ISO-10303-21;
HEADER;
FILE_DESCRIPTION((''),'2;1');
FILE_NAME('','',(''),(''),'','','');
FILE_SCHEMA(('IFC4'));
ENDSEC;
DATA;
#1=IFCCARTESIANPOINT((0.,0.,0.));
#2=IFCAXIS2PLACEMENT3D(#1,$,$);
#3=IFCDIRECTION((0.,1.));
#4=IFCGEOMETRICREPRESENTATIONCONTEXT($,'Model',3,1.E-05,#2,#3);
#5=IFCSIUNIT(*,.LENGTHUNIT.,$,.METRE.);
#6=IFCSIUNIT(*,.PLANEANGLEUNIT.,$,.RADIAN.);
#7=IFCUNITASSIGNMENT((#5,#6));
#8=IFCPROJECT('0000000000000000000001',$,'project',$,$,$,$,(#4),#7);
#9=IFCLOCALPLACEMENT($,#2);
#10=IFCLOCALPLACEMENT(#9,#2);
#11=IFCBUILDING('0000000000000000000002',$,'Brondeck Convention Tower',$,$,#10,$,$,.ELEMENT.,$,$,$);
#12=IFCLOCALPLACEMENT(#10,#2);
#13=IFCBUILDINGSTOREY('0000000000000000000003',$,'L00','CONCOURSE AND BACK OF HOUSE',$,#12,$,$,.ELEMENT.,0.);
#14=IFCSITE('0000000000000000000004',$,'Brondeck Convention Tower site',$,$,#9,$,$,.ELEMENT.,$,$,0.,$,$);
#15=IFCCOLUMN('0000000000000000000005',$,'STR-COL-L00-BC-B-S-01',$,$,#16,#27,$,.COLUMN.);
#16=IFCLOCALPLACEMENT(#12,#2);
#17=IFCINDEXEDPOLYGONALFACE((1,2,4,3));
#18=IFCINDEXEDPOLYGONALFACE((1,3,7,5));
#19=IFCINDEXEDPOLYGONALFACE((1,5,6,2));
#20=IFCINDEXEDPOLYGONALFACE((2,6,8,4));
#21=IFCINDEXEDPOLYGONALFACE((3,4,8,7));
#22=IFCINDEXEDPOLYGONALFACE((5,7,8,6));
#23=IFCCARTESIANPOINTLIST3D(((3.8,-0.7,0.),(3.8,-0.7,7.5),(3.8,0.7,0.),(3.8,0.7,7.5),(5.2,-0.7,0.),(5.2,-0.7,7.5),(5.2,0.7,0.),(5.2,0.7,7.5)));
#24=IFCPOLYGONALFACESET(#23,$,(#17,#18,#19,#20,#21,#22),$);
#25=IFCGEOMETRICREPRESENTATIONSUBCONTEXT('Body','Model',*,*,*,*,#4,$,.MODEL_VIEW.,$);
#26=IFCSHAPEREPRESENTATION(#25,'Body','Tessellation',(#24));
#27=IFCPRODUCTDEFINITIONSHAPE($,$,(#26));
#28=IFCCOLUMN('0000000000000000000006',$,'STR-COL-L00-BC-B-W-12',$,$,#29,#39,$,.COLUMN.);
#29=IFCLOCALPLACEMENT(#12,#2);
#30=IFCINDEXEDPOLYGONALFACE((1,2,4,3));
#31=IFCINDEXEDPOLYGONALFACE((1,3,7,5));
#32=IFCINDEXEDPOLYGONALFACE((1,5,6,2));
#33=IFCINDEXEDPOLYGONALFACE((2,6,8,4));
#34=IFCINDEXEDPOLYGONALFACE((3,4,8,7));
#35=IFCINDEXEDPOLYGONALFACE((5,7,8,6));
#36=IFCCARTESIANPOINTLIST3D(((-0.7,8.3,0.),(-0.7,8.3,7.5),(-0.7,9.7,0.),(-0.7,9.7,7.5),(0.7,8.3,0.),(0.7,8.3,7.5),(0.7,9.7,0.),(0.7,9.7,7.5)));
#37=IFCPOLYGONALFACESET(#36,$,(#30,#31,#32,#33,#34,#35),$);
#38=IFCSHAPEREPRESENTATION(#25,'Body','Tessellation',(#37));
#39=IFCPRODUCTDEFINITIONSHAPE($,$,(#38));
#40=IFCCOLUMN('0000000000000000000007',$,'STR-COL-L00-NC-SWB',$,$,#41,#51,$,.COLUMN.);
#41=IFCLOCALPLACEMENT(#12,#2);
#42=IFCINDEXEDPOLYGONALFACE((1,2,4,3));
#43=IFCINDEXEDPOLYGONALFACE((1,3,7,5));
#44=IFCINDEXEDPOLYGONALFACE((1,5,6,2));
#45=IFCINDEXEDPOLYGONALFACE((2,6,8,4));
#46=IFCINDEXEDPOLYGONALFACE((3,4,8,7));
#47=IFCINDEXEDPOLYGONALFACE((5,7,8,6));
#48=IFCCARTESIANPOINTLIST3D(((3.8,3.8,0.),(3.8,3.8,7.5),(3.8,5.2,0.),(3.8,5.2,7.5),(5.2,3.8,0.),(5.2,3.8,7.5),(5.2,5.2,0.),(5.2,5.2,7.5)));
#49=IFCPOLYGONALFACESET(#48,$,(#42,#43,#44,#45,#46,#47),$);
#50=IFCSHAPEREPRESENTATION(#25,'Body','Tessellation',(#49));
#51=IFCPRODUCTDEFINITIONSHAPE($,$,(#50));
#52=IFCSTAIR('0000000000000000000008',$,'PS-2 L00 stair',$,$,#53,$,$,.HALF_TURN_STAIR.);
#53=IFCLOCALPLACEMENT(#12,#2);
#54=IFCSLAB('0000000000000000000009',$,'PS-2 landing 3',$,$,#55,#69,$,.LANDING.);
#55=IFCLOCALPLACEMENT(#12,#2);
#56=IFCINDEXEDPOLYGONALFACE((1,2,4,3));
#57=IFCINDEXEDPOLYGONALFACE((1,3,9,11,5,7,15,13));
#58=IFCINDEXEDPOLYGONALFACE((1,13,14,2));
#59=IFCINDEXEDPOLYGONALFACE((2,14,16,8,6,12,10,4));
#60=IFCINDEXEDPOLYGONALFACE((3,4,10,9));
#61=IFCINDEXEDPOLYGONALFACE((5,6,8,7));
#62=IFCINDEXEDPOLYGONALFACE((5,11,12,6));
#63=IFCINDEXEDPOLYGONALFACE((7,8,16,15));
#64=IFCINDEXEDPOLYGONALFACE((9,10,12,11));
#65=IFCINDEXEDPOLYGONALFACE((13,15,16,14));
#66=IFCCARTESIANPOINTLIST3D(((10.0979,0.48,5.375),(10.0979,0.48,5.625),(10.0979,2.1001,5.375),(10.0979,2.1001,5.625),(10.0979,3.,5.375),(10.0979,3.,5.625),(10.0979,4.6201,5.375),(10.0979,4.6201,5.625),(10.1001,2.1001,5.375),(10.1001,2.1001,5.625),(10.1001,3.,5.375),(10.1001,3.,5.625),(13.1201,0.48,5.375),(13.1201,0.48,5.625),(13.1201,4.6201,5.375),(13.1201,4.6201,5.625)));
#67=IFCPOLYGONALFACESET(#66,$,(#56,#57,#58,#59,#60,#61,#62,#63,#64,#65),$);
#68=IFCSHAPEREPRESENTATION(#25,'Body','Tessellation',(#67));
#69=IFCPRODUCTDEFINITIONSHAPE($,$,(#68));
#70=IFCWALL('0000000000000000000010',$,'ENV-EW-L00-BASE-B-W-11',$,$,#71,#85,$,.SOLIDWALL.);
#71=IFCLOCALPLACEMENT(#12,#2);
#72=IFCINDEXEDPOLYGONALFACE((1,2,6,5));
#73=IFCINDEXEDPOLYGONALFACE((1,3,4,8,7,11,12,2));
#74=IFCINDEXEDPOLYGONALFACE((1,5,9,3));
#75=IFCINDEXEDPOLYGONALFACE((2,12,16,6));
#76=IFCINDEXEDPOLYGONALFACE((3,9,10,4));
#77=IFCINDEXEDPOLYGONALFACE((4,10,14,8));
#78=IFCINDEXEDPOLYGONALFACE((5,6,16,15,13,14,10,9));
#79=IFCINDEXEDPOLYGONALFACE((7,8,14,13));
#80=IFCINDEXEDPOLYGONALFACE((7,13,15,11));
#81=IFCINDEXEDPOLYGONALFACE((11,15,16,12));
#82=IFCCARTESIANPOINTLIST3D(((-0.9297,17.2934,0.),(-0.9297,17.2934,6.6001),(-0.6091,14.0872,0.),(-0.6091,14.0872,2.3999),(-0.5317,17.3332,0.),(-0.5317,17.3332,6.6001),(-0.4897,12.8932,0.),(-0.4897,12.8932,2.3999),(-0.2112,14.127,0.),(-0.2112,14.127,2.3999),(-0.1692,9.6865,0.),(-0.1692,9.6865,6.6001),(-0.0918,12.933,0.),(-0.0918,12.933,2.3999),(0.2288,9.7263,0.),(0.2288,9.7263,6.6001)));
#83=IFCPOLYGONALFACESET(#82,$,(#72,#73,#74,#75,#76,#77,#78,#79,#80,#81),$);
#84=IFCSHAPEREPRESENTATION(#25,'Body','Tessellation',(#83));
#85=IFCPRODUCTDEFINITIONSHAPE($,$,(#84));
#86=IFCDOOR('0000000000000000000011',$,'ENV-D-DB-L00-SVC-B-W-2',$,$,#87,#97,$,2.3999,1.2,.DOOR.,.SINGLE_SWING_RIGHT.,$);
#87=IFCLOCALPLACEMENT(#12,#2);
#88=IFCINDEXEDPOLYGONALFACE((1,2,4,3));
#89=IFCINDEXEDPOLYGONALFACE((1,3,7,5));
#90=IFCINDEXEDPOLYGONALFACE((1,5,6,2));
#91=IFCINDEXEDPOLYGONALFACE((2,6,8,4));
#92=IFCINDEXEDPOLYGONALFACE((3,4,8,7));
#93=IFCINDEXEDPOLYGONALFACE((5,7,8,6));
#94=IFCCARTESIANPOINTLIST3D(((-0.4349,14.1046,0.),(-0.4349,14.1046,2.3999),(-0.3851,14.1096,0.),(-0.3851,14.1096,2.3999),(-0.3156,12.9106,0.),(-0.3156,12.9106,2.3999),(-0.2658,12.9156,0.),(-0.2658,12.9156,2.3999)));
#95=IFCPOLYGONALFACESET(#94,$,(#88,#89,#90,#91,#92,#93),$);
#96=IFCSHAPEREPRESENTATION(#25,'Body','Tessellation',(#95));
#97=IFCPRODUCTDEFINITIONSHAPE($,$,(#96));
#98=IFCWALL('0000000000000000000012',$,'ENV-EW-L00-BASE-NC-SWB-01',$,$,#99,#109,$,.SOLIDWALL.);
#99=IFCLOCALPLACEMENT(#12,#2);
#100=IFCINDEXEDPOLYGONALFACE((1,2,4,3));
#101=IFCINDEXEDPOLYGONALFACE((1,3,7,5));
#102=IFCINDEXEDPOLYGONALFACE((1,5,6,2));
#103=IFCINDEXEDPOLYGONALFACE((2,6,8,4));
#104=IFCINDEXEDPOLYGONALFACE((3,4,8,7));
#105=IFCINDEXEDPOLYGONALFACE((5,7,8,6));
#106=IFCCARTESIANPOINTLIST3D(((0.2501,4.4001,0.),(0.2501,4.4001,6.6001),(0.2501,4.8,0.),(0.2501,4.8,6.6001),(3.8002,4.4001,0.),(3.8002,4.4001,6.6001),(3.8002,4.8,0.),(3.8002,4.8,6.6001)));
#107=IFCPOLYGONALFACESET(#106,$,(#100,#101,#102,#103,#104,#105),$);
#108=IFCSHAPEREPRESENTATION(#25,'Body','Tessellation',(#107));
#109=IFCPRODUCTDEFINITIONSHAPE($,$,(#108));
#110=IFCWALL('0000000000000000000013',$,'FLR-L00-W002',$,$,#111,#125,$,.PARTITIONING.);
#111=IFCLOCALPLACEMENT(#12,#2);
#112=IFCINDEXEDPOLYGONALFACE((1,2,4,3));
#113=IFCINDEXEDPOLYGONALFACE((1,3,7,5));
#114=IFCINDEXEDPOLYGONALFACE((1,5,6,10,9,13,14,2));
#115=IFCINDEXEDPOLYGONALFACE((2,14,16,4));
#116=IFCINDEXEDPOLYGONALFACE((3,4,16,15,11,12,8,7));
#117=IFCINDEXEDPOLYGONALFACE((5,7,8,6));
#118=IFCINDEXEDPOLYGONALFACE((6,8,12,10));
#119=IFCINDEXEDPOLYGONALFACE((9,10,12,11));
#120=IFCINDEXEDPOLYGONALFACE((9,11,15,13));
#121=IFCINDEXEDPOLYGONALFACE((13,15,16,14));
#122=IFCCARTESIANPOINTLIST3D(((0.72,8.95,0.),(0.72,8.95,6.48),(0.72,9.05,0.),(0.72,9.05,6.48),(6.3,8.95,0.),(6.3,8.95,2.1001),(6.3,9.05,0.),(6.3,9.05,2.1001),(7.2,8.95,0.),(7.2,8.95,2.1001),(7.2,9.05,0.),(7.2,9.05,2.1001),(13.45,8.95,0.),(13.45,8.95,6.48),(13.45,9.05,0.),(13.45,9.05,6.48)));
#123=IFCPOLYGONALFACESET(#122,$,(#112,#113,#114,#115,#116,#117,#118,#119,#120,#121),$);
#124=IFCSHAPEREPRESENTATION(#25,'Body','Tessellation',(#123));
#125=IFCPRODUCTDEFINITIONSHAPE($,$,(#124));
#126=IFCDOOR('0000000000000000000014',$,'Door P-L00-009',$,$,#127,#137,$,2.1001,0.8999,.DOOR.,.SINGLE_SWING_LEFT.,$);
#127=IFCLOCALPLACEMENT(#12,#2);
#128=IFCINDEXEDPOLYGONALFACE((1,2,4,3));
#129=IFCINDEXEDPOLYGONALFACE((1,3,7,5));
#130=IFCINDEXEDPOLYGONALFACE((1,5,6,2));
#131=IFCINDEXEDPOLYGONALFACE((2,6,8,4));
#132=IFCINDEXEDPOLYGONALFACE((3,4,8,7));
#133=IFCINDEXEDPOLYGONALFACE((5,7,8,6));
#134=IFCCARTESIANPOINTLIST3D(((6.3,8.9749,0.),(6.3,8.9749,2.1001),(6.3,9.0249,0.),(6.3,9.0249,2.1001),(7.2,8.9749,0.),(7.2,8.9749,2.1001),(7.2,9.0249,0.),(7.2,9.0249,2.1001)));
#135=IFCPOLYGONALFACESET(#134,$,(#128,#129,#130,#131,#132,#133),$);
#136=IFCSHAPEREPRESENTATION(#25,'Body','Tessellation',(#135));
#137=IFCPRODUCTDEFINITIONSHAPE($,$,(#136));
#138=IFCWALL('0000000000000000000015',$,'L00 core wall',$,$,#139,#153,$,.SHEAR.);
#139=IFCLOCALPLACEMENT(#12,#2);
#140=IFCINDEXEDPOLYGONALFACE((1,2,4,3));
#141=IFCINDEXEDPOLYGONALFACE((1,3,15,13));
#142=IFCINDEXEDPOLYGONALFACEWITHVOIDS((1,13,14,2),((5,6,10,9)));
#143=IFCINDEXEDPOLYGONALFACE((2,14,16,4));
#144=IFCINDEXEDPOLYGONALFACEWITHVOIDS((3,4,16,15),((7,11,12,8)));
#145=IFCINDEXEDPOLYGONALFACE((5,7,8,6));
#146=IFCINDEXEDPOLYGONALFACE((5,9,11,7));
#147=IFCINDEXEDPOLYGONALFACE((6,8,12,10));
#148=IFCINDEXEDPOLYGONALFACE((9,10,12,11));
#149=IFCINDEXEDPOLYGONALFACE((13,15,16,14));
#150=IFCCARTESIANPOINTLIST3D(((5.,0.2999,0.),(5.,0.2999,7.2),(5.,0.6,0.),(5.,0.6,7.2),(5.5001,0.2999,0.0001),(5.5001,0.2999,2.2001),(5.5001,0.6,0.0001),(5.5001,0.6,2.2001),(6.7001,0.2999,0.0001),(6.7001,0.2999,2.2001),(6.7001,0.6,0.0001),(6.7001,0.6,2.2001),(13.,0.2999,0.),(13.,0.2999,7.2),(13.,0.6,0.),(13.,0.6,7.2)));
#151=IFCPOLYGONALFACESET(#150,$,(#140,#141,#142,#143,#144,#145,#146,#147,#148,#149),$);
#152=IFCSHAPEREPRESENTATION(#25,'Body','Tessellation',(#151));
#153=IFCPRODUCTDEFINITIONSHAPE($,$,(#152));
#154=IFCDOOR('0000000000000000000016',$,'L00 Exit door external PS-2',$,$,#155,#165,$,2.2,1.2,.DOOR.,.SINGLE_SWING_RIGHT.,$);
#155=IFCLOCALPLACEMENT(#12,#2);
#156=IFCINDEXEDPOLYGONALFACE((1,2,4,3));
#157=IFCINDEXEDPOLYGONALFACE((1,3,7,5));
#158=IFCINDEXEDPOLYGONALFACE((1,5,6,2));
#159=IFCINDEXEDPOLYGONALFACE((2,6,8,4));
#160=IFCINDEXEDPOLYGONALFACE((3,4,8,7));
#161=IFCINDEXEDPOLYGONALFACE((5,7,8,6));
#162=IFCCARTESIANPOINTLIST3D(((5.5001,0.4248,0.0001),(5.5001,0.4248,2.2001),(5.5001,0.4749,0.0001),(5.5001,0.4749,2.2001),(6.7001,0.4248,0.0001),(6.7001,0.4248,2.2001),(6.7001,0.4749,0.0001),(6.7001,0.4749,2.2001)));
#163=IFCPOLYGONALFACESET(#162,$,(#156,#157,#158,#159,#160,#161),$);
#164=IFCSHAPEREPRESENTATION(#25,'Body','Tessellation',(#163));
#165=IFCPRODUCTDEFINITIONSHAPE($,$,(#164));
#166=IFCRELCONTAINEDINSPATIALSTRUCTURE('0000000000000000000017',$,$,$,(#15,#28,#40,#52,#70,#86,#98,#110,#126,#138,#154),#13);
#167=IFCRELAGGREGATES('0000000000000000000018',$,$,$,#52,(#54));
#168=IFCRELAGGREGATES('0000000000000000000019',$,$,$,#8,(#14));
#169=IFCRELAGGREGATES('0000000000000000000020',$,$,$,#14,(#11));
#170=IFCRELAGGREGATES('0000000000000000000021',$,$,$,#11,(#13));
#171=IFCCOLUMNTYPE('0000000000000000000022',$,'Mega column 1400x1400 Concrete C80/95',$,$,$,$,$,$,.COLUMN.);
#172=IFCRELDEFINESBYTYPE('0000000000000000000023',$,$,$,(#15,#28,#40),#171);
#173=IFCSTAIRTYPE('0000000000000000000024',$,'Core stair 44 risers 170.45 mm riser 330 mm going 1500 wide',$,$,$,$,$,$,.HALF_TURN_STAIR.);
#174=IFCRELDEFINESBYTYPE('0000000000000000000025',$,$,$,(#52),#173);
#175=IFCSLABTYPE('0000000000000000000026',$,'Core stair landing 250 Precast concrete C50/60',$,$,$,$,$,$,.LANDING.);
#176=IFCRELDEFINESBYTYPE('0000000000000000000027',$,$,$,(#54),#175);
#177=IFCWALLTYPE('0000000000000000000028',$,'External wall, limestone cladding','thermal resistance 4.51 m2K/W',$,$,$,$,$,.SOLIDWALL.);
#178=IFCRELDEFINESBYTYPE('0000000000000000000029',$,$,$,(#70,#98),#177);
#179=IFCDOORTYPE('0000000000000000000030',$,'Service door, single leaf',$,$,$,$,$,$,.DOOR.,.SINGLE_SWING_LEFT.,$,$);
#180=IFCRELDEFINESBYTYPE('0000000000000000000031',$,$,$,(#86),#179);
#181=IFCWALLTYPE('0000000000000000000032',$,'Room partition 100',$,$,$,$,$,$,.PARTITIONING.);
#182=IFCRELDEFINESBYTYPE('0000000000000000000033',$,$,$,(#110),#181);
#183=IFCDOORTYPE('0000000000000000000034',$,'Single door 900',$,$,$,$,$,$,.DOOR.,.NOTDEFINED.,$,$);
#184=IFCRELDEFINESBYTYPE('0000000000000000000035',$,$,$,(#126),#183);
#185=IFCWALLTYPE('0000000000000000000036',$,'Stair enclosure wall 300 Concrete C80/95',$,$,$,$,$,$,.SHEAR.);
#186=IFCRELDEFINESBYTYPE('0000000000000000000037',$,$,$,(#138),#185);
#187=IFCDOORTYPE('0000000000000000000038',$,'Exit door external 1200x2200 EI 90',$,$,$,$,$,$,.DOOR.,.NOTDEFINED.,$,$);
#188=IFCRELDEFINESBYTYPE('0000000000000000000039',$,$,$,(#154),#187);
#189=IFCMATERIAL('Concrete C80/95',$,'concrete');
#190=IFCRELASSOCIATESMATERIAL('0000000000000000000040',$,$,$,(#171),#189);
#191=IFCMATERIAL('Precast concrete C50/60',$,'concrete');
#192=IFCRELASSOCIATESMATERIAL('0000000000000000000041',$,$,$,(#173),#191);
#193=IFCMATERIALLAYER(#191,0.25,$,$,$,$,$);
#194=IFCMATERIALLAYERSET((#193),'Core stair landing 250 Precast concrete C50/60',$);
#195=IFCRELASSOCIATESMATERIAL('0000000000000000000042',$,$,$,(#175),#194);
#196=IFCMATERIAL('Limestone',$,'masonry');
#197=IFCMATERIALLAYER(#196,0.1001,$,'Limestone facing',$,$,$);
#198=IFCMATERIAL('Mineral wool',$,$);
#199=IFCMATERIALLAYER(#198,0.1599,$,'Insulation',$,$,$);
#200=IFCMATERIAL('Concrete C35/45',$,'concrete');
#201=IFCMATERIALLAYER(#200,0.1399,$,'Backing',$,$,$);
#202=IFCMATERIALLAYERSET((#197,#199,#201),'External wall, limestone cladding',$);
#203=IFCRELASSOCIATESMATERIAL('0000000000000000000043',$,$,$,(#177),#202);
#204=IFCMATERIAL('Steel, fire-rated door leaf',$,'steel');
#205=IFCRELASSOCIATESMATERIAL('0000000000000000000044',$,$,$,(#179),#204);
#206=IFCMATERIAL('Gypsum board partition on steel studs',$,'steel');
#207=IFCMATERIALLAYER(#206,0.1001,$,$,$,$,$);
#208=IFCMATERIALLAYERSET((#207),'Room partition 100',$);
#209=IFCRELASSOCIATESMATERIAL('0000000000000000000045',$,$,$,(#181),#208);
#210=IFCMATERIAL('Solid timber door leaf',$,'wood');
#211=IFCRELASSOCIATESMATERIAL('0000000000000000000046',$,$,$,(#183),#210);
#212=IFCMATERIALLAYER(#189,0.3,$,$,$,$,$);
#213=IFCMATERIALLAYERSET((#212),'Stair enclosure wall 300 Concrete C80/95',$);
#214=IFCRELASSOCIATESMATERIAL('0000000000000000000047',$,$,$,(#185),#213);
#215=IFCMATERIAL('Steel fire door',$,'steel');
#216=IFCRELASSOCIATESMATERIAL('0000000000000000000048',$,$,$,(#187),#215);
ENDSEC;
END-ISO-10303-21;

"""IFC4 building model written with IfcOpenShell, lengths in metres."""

from ifc_helpers import new_model, si_unit, direction, frame, frame_2d, origin, origin_2d, place, context, subcontext, project, spatial, polyline, rectangle, outline, extrude, material, layer, layer_set, material_profile, profile_set, type_object, element, fill, aggregate, save


model = new_model("IFC4")

# Units and contexts
model_context = context("Model", 3, precision=1e-05, world=origin(), true_north=direction((0.0, 1.0)))
body_context = subcontext(model_context, "Body", "Model", "MODEL_VIEW")
ifc_project = project(units=[si_unit("LENGTHUNIT", "METRE"), si_unit("PLANEANGLEUNIT", "RADIAN")], contexts=[model_context])

# Site, building, storey
site_placement = place(None, origin())
site = spatial("IfcSite", under=ifc_project, at=site_placement, Name="Brondeck Convention Tower site", CompositionType="ELEMENT", RefElevation=0.0)
building_placement = place(site_placement, origin())
building = spatial("IfcBuilding", under=site, at=building_placement, Name="Brondeck Convention Tower", CompositionType="ELEMENT")
storey_placement = place(building_placement, origin())
storey = spatial("IfcBuildingStorey", under=building, at=storey_placement, Name="L00", Description="CONCOURSE AND BACK OF HOUSE", CompositionType="ELEMENT", Elevation=0.0)

# Columns
ifc_material_1 = material(Name="Concrete C80/95", Category="concrete")
ifc_material_profile = material_profile(ifc_material_1, rectangle(XDim=1.3999, YDim=1.3999, at=origin_2d()), Name="Mega column 1400x1400 Concrete C80/95")
ifc_profile_set = profile_set([ifc_material_profile], Name="Concrete C80/95")
column_type = type_object("IfcColumnType", Name="Mega column 1400x1400 Concrete C80/95", PredefinedType="COLUMN", material=ifc_profile_set)
for number, where, z_axis, x_axis, name in (
    (1, (4.5, 0.0, 0.0), (0.0, 0.0, 1.0), (1.0, 0.0, 0.0), "STR-COL-L00-BC-B-S-01"),
    (2, (0.0, 9.0, 0.0), (0.0, 0.0, 1.0), (1.0, 0.0, 0.0), "STR-COL-L00-BC-B-W-12"),
    (3, (4.5, 4.5, 0.0), (0.0, 0.0, 1.0), (1.0, 0.0, 0.0), "STR-COL-L00-NC-SWB"),
):
    element("IfcColumn", number, at=place(storey_placement, frame(where, z_axis=z_axis, x_axis=x_axis)), inside=storey, type_object=column_type, Name=name, PredefinedType="COLUMN", context=body_context, shape_type="SweptSolid", body=[
        extrude(rectangle(XDim=1.3999, YDim=1.3999, at=origin_2d()), origin(), (0.0, 0.0, 1.0), 7.5),
    ])

# Stair, slab
ifc_material_2 = material(Name="Precast concrete C50/60", Category="concrete")
stair_type = type_object("IfcStairType", Name="Core stair 44 risers 170.45 mm riser 330 mm going 1500 wide", PredefinedType="HALF_TURN_STAIR", material=ifc_material_2)
stair_placement = place(storey_placement, origin())
stair = element("IfcStair", 4, at=stair_placement, inside=storey, type_object=stair_type, Name="PS-2 L00 stair", PredefinedType="HALF_TURN_STAIR")
ifc_layer_1 = layer(ifc_material_2, 0.25)
ifc_layer_set_1 = layer_set([ifc_layer_1], Name="Core stair landing 250 Precast concrete C50/60")
slab_type = type_object("IfcSlabType", Name="Core stair landing 250 Precast concrete C50/60", PredefinedType="LANDING", material=ifc_layer_set_1)
slab_placement = place(storey_placement, frame((0.0, 0.0, 5.375)))
slab = element("IfcSlab", 5, at=slab_placement, type_object=slab_type, Name="PS-2 landing 3", PredefinedType="LANDING", context=body_context, shape_type="SweptSolid", body=[
    extrude(outline(polyline([(10.0979, 0.48), (10.0979, 2.1001), (10.1001, 2.1001), (10.1001, 3.0), (10.0979, 3.0), (10.0979, 4.6201), (13.1201, 4.6201), (13.1201, 0.48), (10.0979, 0.48)])), origin(), (0.0, 0.0, 1.0), 0.25),
])

# Wall, opening, door
ifc_material_3 = material(Name="Limestone", Category="masonry")
ifc_layer_2 = layer(ifc_material_3, 0.1001, Name="Limestone facing")
ifc_material_4 = material(Name="Mineral wool")
ifc_layer_3 = layer(ifc_material_4, 0.1599, Name="Insulation")
ifc_material_5 = material(Name="Concrete C35/45", Category="concrete")
ifc_layer_4 = layer(ifc_material_5, 0.1399, Name="Backing")
ifc_layer_set_2 = layer_set([ifc_layer_2, ifc_layer_3, ifc_layer_4], Name="External wall, limestone cladding")
wall_type_1 = type_object("IfcWallType", Name="External wall, limestone cladding", Description="thermal resistance 4.51 m2K/W", PredefinedType="SOLIDWALL", material=ifc_layer_set_2)
wall_1_placement = place(storey_placement, frame((0.0298, 9.7065, 0.0), z_axis=(0.0, 0.0, 1.0), x_axis=(-0.099478, 0.99504, 0.0)))
wall_1 = element("IfcWall", 6, at=wall_1_placement, inside=storey, type_object=wall_type_1, Name="ENV-EW-L00-BASE-B-W-11", PredefinedType="SOLIDWALL", context=body_context, shape_type="SweptSolid", body=[
    extrude(rectangle(XDim=7.6448, YDim=0.3999, at=frame_2d((3.8223, 0.0))), origin(), (0.0, 0.0, 1.0), 6.6001),
])
opening_1_placement = place(wall_1_placement, frame((3.2224, 0.0, 0.0)))
opening_1 = element("IfcOpeningElement", 7, at=opening_1_placement, cuts=wall_1, PredefinedType="OPENING", context=body_context, shape_type="SweptSolid", body=[
    extrude(rectangle(XDim=1.2, YDim=2.3999, at=frame_2d((0.6001, 1.2))), frame((0.0, 0.21, 0.0), z_axis=(0.0, -1.0, 0.0), x_axis=(1.0, 0.0, 0.0)), (0.0, 0.0, 1.0), 0.4199),
])
ifc_material_6 = material(Name="Steel, fire-rated door leaf", Category="steel")
door_type_1 = type_object("IfcDoorType", Name="Service door, single leaf", OperationType="SINGLE_SWING_LEFT", PredefinedType="DOOR", material=ifc_material_6)
door_1_placement = place(opening_1_placement, origin())
door_1 = element("IfcDoor", 8, at=door_1_placement, inside=storey, type_object=door_type_1, Name="ENV-D-DB-L00-SVC-B-W-2", OperationType="SINGLE_SWING_RIGHT", OverallHeight=2.3999, OverallWidth=1.2, PredefinedType="DOOR", context=body_context, shape_type="SweptSolid", body=[
    extrude(rectangle(XDim=1.2, YDim=2.3999, at=frame_2d((0.6001, 1.2))), frame((0.0, 0.0249, 0.0), z_axis=(0.0, -1.0, 0.0), x_axis=(1.0, 0.0, 0.0)), (0.0, 0.0, 1.0), 0.05),
])
fill(opening_1, door_1)

# Wall
wall_2_placement = place(storey_placement, frame((3.8, 4.6001, 0.0), z_axis=(0.0, 0.0, 1.0), x_axis=(-1.0, 0.0, 0.0)))
element("IfcWall", 9, at=wall_2_placement, inside=storey, type_object=wall_type_1, Name="ENV-EW-L00-BASE-NC-SWB-01", PredefinedType="SOLIDWALL", context=body_context, shape_type="SweptSolid", body=[
    extrude(rectangle(XDim=3.55, YDim=0.3999, at=frame_2d((1.7749, 0.0))), origin(), (0.0, 0.0, 1.0), 6.6001),
])

# Walls, openings, doors
ifc_material_7 = material(Name="Gypsum board partition on steel studs", Category="steel")
ifc_layer_5 = layer(ifc_material_7, 0.1001)
ifc_layer_set_3 = layer_set([ifc_layer_5], Name="Room partition 100")
wall_type_2 = type_object("IfcWallType", Name="Room partition 100", PredefinedType="PARTITIONING", material=ifc_layer_set_3)
wall_3_placement = place(storey_placement, frame((0.72, 9.0, 0.0), z_axis=(0.0, 0.0, 1.0), x_axis=(1.0, 0.0, 0.0)))
wall_3 = element("IfcWall", 10, at=wall_3_placement, inside=storey, type_object=wall_type_2, Name="FLR-L00-W002", PredefinedType="PARTITIONING", context=body_context, shape_type="SweptSolid", body=[
    extrude(rectangle(XDim=12.73, YDim=0.1001, at=frame_2d((6.365, 0.0))), origin(), (0.0, 0.0, 1.0), 6.48),
])
opening_2_placement = place(wall_3_placement, frame((5.5801, 0.0, 0.0)))
opening_2 = element("IfcOpeningElement", 11, at=opening_2_placement, cuts=wall_3, PredefinedType="OPENING", context=body_context, shape_type="SweptSolid", body=[
    extrude(rectangle(XDim=0.8999, YDim=2.1001, at=frame_2d((0.45, 1.05))), frame((0.0, 0.0601, 0.0), z_axis=(0.0, -1.0, 0.0), x_axis=(1.0, 0.0, 0.0)), (0.0, 0.0, 1.0), 0.1201),
])
ifc_material_8 = material(Name="Solid timber door leaf", Category="wood")
door_type_2 = type_object("IfcDoorType", Name="Single door 900", OperationType="NOTDEFINED", PredefinedType="DOOR", material=ifc_material_8)
door_2_placement = place(opening_2_placement, origin())
door_2 = element("IfcDoor", 12, at=door_2_placement, inside=storey, type_object=door_type_2, Name="Door P-L00-009", OperationType="SINGLE_SWING_LEFT", OverallHeight=2.1001, OverallWidth=0.8999, PredefinedType="DOOR", context=body_context, shape_type="SweptSolid", body=[
    extrude(rectangle(XDim=0.8999, YDim=2.1001, at=frame_2d((0.45, 1.05))), frame((0.0, 0.0249, 0.0), z_axis=(0.0, -1.0, 0.0), x_axis=(1.0, 0.0, 0.0)), (0.0, 0.0, 1.0), 0.05),
])
fill(opening_2, door_2)
ifc_layer_6 = layer(ifc_material_1, 0.3)
ifc_layer_set_4 = layer_set([ifc_layer_6], Name="Stair enclosure wall 300 Concrete C80/95")
wall_type_3 = type_object("IfcWallType", Name="Stair enclosure wall 300 Concrete C80/95", PredefinedType="SHEAR", material=ifc_layer_set_4)
wall_4_placement = place(storey_placement, frame((5.0, 0.45, 0.0), z_axis=(0.0, 0.0, 1.0), x_axis=(1.0, 0.0, 0.0)))
wall_4 = element("IfcWall", 13, at=wall_4_placement, inside=storey, type_object=wall_type_3, Name="L00 core wall", PredefinedType="SHEAR", context=body_context, shape_type="SweptSolid", body=[
    extrude(rectangle(XDim=8.0, YDim=0.3, at=frame_2d((4.0, 0.0))), origin(), (0.0, 0.0, 1.0), 7.2),
])
opening_3_placement = place(wall_4_placement, frame((0.5, 0.0, 0.0)))
opening_3 = element("IfcOpeningElement", 14, at=opening_3_placement, cuts=wall_4, PredefinedType="OPENING", context=body_context, shape_type="SweptSolid", body=[
    extrude(rectangle(XDim=1.2, YDim=2.2, at=frame_2d((0.6001, 1.1001))), frame((0.0, 0.1599, 0.0), z_axis=(0.0, -1.0, 0.0), x_axis=(1.0, 0.0, 0.0)), (0.0, 0.0, 1.0), 0.3201),
])
ifc_material_9 = material(Name="Steel fire door", Category="steel")
door_type_3 = type_object("IfcDoorType", Name="Exit door external 1200x2200 EI 90", OperationType="NOTDEFINED", PredefinedType="DOOR", material=ifc_material_9)
door_3_placement = place(opening_3_placement, origin())
door_3 = element("IfcDoor", 15, at=door_3_placement, inside=storey, type_object=door_type_3, Name="L00 Exit door external PS-2", OperationType="SINGLE_SWING_RIGHT", OverallHeight=2.2, OverallWidth=1.2, PredefinedType="DOOR", context=body_context, shape_type="SweptSolid", body=[
    extrude(rectangle(XDim=1.2, YDim=2.2, at=frame_2d((0.6001, 1.1001))), frame((0.0, 0.0249, 0.0), z_axis=(0.0, -1.0, 0.0), x_axis=(1.0, 0.0, 0.0)), (0.0, 0.0, 1.0), 0.05),
])
fill(opening_3, door_3)

aggregate(stair, [slab])

save(model, "model.ifc")
